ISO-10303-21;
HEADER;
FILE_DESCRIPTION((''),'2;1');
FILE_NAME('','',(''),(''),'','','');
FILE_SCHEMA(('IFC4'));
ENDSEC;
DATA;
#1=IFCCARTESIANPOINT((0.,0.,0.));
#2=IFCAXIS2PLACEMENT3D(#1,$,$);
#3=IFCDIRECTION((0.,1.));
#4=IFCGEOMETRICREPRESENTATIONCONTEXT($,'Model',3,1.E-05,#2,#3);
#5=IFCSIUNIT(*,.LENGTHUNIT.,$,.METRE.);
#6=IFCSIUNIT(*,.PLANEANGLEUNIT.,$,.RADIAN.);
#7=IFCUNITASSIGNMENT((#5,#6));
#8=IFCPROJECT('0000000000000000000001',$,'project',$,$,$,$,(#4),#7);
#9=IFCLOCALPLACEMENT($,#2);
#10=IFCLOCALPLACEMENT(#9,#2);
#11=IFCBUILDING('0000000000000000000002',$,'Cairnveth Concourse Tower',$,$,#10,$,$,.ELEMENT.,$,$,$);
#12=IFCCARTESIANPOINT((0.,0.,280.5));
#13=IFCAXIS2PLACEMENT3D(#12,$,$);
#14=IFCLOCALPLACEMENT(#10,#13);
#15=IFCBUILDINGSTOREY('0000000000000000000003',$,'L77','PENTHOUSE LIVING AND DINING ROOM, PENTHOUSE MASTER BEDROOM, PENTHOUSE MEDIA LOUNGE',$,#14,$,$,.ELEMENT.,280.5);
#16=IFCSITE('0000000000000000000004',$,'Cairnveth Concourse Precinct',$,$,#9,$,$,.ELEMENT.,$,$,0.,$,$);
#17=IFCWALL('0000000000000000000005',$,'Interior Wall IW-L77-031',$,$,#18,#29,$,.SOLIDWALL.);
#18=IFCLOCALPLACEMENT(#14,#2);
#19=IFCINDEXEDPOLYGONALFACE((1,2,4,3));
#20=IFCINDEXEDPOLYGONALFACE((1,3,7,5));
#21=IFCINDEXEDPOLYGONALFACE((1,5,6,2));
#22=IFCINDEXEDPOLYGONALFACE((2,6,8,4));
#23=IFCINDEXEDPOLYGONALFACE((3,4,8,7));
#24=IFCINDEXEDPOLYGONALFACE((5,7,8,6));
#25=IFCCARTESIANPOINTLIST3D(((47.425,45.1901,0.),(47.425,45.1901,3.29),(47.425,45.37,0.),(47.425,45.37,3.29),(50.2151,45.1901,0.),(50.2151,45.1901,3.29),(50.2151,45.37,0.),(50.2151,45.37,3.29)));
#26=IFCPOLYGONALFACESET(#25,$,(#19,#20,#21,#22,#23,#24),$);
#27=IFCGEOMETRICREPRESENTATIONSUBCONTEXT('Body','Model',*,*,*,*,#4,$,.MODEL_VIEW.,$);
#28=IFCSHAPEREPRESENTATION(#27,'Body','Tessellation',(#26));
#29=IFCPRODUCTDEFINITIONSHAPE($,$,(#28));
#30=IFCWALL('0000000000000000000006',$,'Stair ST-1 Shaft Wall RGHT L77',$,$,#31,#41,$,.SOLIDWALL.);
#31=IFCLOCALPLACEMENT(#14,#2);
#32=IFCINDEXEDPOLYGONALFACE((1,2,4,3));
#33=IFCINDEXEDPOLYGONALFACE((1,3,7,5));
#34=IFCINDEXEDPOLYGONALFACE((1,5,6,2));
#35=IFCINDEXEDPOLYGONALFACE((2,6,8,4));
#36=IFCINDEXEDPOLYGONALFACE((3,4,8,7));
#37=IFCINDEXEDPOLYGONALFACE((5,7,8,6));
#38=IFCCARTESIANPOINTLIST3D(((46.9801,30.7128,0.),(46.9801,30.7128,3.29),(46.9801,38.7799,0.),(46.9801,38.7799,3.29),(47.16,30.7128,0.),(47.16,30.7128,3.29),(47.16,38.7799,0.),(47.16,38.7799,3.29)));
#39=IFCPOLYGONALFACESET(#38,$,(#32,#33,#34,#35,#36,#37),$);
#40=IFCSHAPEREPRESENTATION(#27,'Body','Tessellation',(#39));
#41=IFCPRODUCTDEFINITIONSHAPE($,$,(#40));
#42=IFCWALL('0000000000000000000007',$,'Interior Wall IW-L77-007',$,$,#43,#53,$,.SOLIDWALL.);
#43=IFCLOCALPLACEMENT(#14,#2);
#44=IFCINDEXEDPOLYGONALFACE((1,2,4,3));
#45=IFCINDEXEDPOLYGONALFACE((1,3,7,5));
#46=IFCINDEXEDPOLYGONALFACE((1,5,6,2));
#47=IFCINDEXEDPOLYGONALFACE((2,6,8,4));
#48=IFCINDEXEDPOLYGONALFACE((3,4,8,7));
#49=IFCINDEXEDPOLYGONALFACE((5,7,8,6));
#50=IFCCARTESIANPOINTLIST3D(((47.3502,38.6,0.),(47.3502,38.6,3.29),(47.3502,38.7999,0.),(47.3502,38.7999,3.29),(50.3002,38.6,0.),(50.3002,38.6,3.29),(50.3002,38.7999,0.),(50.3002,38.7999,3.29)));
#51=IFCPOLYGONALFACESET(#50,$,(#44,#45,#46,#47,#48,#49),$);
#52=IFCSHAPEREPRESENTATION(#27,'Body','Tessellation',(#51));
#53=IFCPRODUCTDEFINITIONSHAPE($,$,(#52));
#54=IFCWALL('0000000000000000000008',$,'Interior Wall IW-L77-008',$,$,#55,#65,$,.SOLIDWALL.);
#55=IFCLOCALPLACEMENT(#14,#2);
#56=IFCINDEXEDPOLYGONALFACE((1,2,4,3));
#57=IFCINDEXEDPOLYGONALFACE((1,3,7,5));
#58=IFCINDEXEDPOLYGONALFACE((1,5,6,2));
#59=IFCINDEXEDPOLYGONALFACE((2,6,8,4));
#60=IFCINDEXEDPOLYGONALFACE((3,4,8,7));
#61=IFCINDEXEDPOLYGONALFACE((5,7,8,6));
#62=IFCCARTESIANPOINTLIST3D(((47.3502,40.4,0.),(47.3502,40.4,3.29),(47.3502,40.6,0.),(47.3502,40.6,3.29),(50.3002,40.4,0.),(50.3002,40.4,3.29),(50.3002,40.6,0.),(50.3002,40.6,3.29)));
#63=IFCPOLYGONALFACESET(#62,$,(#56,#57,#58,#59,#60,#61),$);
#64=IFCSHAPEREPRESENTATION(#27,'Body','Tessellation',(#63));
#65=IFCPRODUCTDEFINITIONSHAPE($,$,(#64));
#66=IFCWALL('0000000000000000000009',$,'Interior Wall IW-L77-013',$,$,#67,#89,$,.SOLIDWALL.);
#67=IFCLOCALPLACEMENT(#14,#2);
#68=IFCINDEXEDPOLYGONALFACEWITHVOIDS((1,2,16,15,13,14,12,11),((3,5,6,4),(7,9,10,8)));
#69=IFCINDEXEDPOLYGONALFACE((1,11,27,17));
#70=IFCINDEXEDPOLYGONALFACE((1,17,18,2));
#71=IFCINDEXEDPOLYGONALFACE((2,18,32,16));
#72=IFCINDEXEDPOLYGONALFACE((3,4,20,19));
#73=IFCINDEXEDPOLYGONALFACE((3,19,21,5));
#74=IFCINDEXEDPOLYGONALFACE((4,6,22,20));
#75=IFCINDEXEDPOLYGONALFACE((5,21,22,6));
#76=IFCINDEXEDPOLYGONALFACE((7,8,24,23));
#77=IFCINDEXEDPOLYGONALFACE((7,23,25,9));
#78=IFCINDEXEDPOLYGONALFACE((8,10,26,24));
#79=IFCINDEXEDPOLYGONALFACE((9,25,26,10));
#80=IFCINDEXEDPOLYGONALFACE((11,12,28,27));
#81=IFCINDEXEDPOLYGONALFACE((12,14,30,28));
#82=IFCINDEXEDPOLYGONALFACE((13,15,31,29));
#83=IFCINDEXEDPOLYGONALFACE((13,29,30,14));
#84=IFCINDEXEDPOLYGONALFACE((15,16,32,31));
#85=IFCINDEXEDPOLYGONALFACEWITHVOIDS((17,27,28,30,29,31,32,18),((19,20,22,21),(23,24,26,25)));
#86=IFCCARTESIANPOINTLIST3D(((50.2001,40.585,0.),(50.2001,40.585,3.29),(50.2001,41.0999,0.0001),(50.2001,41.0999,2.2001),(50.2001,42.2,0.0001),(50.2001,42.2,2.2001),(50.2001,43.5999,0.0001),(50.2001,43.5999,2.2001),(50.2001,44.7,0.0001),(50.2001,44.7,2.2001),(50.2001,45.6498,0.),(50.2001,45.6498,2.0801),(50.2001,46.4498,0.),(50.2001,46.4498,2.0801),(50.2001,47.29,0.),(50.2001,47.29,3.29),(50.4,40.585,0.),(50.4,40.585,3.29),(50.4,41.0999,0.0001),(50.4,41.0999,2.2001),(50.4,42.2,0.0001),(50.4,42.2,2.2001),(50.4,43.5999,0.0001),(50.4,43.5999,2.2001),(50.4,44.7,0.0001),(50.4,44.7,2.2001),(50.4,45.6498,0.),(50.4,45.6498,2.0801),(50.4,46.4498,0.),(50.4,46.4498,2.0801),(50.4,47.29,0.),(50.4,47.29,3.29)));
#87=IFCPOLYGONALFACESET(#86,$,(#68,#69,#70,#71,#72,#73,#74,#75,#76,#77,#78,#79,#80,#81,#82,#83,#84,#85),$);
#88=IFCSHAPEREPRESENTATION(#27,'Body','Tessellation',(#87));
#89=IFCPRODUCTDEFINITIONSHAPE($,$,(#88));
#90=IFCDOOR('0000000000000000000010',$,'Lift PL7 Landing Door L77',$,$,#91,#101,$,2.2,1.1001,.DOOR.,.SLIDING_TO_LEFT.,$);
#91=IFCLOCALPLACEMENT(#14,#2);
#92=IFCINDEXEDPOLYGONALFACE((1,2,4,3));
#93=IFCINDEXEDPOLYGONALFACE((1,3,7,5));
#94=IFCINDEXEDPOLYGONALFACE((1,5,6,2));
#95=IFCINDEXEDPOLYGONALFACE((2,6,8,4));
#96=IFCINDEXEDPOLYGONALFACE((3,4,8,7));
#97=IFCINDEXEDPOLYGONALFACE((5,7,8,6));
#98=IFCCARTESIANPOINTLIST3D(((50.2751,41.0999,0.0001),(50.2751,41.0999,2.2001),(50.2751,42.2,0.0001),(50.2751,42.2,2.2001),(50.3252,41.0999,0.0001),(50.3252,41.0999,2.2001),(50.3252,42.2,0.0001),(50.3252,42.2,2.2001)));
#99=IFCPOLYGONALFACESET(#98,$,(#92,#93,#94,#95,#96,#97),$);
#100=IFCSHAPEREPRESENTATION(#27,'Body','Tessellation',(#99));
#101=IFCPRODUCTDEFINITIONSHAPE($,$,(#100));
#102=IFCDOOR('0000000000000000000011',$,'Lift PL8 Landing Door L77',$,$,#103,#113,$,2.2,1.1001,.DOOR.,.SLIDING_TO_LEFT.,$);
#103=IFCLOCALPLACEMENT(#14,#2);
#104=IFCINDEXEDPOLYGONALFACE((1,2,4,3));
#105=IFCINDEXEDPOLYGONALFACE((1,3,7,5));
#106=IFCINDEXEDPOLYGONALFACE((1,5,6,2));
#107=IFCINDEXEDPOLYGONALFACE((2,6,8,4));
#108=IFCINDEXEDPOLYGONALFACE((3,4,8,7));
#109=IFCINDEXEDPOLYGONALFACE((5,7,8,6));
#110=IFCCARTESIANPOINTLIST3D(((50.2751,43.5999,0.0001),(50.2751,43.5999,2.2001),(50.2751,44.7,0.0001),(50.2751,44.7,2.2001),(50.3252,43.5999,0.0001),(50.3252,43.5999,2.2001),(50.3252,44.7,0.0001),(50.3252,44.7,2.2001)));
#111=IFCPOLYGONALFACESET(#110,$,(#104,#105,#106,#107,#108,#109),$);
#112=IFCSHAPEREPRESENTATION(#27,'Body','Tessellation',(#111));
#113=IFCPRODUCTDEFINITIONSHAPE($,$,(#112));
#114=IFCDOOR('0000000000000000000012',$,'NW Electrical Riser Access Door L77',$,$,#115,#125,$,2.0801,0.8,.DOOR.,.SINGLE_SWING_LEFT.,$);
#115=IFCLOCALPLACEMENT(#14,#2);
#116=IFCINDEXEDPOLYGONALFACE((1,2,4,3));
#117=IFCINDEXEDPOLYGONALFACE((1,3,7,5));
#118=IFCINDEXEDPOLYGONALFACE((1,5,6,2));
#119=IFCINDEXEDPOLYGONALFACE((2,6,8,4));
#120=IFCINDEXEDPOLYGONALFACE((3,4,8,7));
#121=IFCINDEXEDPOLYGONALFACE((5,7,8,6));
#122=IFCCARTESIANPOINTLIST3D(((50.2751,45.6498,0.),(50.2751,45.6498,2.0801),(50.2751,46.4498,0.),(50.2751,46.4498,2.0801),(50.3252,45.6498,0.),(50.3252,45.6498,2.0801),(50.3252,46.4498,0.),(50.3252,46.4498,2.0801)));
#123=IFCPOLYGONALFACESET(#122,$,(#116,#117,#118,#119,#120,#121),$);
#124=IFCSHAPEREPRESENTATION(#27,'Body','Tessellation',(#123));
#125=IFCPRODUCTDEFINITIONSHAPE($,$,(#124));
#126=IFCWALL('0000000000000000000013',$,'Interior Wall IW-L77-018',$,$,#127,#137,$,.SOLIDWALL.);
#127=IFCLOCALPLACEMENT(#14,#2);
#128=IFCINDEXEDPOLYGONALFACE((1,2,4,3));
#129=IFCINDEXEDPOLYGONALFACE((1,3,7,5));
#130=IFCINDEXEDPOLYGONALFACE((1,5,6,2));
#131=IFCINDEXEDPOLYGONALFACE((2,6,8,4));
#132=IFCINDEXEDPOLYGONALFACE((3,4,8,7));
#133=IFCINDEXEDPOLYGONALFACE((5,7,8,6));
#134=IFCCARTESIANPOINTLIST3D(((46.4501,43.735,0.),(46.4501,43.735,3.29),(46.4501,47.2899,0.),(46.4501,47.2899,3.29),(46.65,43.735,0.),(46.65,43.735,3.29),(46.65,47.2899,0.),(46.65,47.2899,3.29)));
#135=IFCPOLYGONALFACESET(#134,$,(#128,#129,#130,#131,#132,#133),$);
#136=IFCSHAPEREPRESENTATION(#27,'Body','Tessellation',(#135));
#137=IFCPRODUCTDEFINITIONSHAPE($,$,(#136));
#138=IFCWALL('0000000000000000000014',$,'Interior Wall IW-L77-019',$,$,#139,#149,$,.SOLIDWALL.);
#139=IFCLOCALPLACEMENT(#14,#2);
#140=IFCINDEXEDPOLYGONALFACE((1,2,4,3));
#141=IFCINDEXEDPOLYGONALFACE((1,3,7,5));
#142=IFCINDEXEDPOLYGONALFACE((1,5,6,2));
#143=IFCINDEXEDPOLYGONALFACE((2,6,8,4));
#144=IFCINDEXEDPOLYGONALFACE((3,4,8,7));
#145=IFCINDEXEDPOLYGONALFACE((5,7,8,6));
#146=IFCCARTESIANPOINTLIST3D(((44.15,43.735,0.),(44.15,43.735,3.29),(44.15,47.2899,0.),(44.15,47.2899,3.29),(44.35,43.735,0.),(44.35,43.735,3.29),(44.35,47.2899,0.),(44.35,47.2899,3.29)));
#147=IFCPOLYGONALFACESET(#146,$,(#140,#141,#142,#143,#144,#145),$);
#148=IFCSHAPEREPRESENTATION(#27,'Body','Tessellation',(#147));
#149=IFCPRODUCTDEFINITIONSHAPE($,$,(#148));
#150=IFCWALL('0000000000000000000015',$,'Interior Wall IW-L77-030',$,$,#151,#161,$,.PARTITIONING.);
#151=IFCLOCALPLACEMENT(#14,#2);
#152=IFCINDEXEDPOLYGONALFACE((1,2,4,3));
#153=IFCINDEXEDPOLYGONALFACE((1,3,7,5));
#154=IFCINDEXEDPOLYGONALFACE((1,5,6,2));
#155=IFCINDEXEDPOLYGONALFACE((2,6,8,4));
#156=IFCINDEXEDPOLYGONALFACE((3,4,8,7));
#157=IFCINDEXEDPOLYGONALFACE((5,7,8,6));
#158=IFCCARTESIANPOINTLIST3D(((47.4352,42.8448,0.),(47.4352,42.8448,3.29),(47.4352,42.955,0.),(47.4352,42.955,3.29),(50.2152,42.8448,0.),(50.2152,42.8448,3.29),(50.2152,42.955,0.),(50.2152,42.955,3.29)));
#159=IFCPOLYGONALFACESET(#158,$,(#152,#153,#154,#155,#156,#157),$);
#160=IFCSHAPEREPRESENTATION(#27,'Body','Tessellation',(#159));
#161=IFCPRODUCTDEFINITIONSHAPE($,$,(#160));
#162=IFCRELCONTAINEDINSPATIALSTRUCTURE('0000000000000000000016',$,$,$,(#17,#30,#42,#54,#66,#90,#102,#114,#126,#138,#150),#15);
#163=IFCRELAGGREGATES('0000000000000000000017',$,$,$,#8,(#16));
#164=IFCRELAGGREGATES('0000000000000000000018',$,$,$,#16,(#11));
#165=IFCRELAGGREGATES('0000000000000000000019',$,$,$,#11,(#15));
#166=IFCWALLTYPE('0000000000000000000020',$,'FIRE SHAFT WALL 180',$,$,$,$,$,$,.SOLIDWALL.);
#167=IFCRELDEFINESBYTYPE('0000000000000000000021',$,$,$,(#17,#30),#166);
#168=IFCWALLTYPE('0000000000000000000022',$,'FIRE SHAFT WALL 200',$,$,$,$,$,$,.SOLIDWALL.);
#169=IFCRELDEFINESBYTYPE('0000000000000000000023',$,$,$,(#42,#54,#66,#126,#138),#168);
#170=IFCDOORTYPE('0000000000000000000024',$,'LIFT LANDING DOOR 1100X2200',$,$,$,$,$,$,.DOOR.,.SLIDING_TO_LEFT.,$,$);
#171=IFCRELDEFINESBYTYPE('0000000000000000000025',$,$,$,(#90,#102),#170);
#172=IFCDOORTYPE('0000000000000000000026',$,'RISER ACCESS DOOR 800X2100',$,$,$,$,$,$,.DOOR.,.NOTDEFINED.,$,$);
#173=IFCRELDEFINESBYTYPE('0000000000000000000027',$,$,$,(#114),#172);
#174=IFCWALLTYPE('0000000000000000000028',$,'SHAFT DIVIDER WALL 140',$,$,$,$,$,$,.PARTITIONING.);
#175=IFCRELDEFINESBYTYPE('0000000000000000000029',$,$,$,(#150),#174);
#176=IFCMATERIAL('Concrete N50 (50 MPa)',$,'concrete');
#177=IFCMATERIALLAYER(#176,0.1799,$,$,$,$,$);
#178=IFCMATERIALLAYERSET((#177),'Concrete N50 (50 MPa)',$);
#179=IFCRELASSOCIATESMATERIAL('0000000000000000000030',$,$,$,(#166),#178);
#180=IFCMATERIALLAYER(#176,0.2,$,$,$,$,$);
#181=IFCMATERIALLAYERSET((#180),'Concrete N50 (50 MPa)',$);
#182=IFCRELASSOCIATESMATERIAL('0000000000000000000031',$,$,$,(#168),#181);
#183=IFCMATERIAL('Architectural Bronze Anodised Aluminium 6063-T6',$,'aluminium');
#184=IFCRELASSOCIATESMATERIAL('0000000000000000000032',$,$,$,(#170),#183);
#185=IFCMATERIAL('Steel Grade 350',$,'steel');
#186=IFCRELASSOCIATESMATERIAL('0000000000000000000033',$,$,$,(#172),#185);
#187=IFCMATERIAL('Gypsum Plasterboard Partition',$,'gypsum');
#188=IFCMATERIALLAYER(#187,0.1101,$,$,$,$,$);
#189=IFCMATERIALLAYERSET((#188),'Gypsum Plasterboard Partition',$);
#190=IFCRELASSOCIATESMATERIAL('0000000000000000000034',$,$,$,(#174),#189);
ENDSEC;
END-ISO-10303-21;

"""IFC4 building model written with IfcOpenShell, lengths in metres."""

from ifc_helpers import new_model, si_unit, direction, frame, frame_2d, origin, place, context, subcontext, project, spatial, rectangle, extrude, material, layer, layer_set, type_object, element, fill, save


model = new_model("IFC4")

# Units and contexts
model_context = context("Model", 3, precision=1e-05, world=origin(), true_north=direction((0.0, 1.0)))
body_context = subcontext(model_context, "Body", "Model", "MODEL_VIEW")
ifc_project = project(units=[si_unit("LENGTHUNIT", "METRE"), si_unit("PLANEANGLEUNIT", "RADIAN")], contexts=[model_context])

# Site, building, storey
site_placement = place(None, origin())
site = spatial("IfcSite", under=ifc_project, at=site_placement, Name="Cairnveth Concourse Precinct", CompositionType="ELEMENT", RefElevation=0.0)
building_placement = place(site_placement, origin())
building = spatial("IfcBuilding", under=site, at=building_placement, Name="Cairnveth Concourse Tower", CompositionType="ELEMENT")
storey_placement = place(building_placement, frame((0.0, 0.0, 280.5)))
storey = spatial("IfcBuildingStorey", under=building, at=storey_placement, Name="L77", Description="PENTHOUSE LIVING AND DINING ROOM, PENTHOUSE MASTER BEDROOM, PENTHOUSE MEDIA LOUNGE", CompositionType="ELEMENT", Elevation=280.5)

# Shared definitions
ifc_material_1 = material(Name="Steel Grade 350", Category="steel")

# Wall
ifc_material_2 = material(Name="Concrete N50 (50 MPa)", Category="concrete")
ifc_layer_1 = layer(ifc_material_2, 0.1799)
ifc_layer_set_1 = layer_set([ifc_layer_1], Name="Concrete N50 (50 MPa)")
wall_type_1 = type_object("IfcWallType", Name="FIRE SHAFT WALL 180", PredefinedType="SOLIDWALL", material=ifc_layer_set_1)
wall_1_placement = place(storey_placement, frame((47.425, 45.28, 0.0), z_axis=(0.0, 0.0, 1.0), x_axis=(1.0, 0.0, 0.0)))
element("IfcWall", 1, at=wall_1_placement, inside=storey, type_object=wall_type_1, Name="Interior Wall IW-L77-031", PredefinedType="SOLIDWALL", context=body_context, shape_type="SweptSolid", body=[
    extrude(rectangle(XDim=2.79, YDim=0.1799, at=frame_2d((1.395, 0.0))), origin(), (0.0, 0.0, 1.0), 3.29),
])

# Walls
wall_2_placement = place(storey_placement, frame((47.0701, 38.78, 0.0), z_axis=(0.0, 0.0, 1.0), x_axis=(0.0, -1.0, 0.0)))
element("IfcWall", 2, at=wall_2_placement, inside=storey, type_object=wall_type_1, Name="Stair ST-1 Shaft Wall RGHT L77", PredefinedType="SOLIDWALL", context=body_context, shape_type="SweptSolid", body=[
    extrude(rectangle(XDim=8.0671, YDim=0.1799, at=frame_2d((4.0337, 0.0))), origin(), (0.0, 0.0, 1.0), 3.29),
])
ifc_layer_2 = layer(ifc_material_2, 0.2)
ifc_layer_set_2 = layer_set([ifc_layer_2], Name="Concrete N50 (50 MPa)")
wall_type_2 = type_object("IfcWallType", Name="FIRE SHAFT WALL 200", PredefinedType="SOLIDWALL", material=ifc_layer_set_2)
for number, where, z_axis, x_axis, name in (
    (3, (47.3501, 38.7, 0.0), (0.0, 0.0, 1.0), (1.0, 0.0, 0.0), "Interior Wall IW-L77-007"),
    (4, (47.3501, 40.5, 0.0), (0.0, 0.0, 1.0), (1.0, 0.0, 0.0), "Interior Wall IW-L77-008"),
):
    element("IfcWall", number, at=place(storey_placement, frame(where, z_axis=z_axis, x_axis=x_axis)), inside=storey, type_object=wall_type_2, Name=name, PredefinedType="SOLIDWALL", context=body_context, shape_type="SweptSolid", body=[
        extrude(rectangle(XDim=2.95, YDim=0.2, at=frame_2d((1.4751, 0.0))), origin(), (0.0, 0.0, 1.0), 3.29),
    ])

# Wall, openings, doors
wall_3_placement = place(storey_placement, frame((50.3, 40.585, 0.0), z_axis=(0.0, 0.0, 1.0), x_axis=(0.0, 1.0, 0.0)))
wall_3 = element("IfcWall", 5, at=wall_3_placement, inside=storey, type_object=wall_type_2, Name="Interior Wall IW-L77-013", PredefinedType="SOLIDWALL", context=body_context, shape_type="SweptSolid", body=[
    extrude(rectangle(XDim=6.7051, YDim=0.2, at=frame_2d((3.3525, 0.0))), origin(), (0.0, 0.0, 1.0), 3.29),
])
opening_1_placement = place(wall_3_placement, frame((0.5149, 0.0, 0.0)))
opening_1 = element("IfcOpeningElement", 6, at=opening_1_placement, cuts=wall_3, PredefinedType="OPENING", context=body_context, shape_type="SweptSolid", body=[
    extrude(rectangle(XDim=1.1001, YDim=2.2, at=frame_2d((0.55, 1.1001))), frame((0.0, 0.1099, 0.0), z_axis=(0.0, -1.0, 0.0), x_axis=(1.0, 0.0, 0.0)), (0.0, 0.0, 1.0), 0.22),
])
opening_2_placement = place(wall_3_placement, frame((3.0149, 0.0, 0.0)))
opening_2 = element("IfcOpeningElement", 7, at=opening_2_placement, cuts=wall_3, PredefinedType="OPENING", context=body_context, shape_type="SweptSolid", body=[
    extrude(rectangle(XDim=1.1001, YDim=2.2, at=frame_2d((0.55, 1.1001))), frame((0.0, 0.1099, 0.0), z_axis=(0.0, -1.0, 0.0), x_axis=(1.0, 0.0, 0.0)), (0.0, 0.0, 1.0), 0.22),
])
opening_3_placement = place(wall_3_placement, frame((5.0649, 0.0, 0.0)))
opening_3 = element("IfcOpeningElement", 8, at=opening_3_placement, cuts=wall_3, PredefinedType="OPENING", context=body_context, shape_type="SweptSolid", body=[
    extrude(rectangle(XDim=0.8, YDim=2.0801, at=frame_2d((0.3999, 1.04))), frame((0.0, 0.1099, 0.0), z_axis=(0.0, -1.0, 0.0), x_axis=(1.0, 0.0, 0.0)), (0.0, 0.0, 1.0), 0.22),
])
ifc_material_3 = material(Name="Architectural Bronze Anodised Aluminium 6063-T6", Category="aluminium")
door_type_1 = type_object("IfcDoorType", Name="LIFT LANDING DOOR 1100X2200", OperationType="SLIDING_TO_LEFT", PredefinedType="DOOR", material=ifc_material_3)
door_1_placement = place(opening_1_placement, origin())
door_1 = element("IfcDoor", 9, at=door_1_placement, inside=storey, type_object=door_type_1, Name="Lift PL7 Landing Door L77", OperationType="SLIDING_TO_LEFT", OverallHeight=2.2, OverallWidth=1.1001, PredefinedType="DOOR", context=body_context, shape_type="SweptSolid", body=[
    extrude(rectangle(XDim=1.1001, YDim=2.2, at=frame_2d((0.55, 1.1001))), frame((0.0, 0.0249, 0.0), z_axis=(0.0, -1.0, 0.0), x_axis=(1.0, 0.0, 0.0)), (0.0, 0.0, 1.0), 0.05),
])
fill(opening_1, door_1)
door_2_placement = place(opening_2_placement, origin())
door_2 = element("IfcDoor", 10, at=door_2_placement, inside=storey, type_object=door_type_1, Name="Lift PL8 Landing Door L77", OperationType="SLIDING_TO_LEFT", OverallHeight=2.2, OverallWidth=1.1001, PredefinedType="DOOR", context=body_context, shape_type="SweptSolid", body=[
    extrude(rectangle(XDim=1.1001, YDim=2.2, at=frame_2d((0.55, 1.1001))), frame((0.0, 0.0249, 0.0), z_axis=(0.0, -1.0, 0.0), x_axis=(1.0, 0.0, 0.0)), (0.0, 0.0, 1.0), 0.05),
])
fill(opening_2, door_2)
door_type_2 = type_object("IfcDoorType", Name="RISER ACCESS DOOR 800X2100", OperationType="NOTDEFINED", PredefinedType="DOOR", material=ifc_material_1)
door_3_placement = place(opening_3_placement, origin())
door_3 = element("IfcDoor", 11, at=door_3_placement, inside=storey, type_object=door_type_2, Name="NW Electrical Riser Access Door L77", OperationType="SINGLE_SWING_LEFT", OverallHeight=2.0801, OverallWidth=0.8, PredefinedType="DOOR", context=body_context, shape_type="SweptSolid", body=[
    extrude(rectangle(XDim=0.8, YDim=2.0801, at=frame_2d((0.3999, 1.04))), frame((0.0, 0.0249, 0.0), z_axis=(0.0, -1.0, 0.0), x_axis=(1.0, 0.0, 0.0)), (0.0, 0.0, 1.0), 0.05),
])
fill(opening_3, door_3)

# Walls
for number, where, z_axis, x_axis, name in (
    (12, (46.55, 43.7351, 0.0), (0.0, 0.0, 1.0), (0.0, 1.0, 0.0), "Interior Wall IW-L77-018"),
    (13, (44.25, 43.7351, 0.0), (0.0, 0.0, 1.0), (0.0, 1.0, 0.0), "Interior Wall IW-L77-019"),
):
    element("IfcWall", number, at=place(storey_placement, frame(where, z_axis=z_axis, x_axis=x_axis)), inside=storey, type_object=wall_type_2, Name=name, PredefinedType="SOLIDWALL", context=body_context, shape_type="SweptSolid", body=[
        extrude(rectangle(XDim=3.5549, YDim=0.2, at=frame_2d((1.7773, 0.0))), origin(), (0.0, 0.0, 1.0), 3.29),
    ])
ifc_material_4 = material(Name="Gypsum Plasterboard Partition", Category="gypsum")
ifc_layer_3 = layer(ifc_material_4, 0.1101)
ifc_layer_set_3 = layer_set([ifc_layer_3], Name="Gypsum Plasterboard Partition")
wall_type_3 = type_object("IfcWallType", Name="SHAFT DIVIDER WALL 140", PredefinedType="PARTITIONING", material=ifc_layer_set_3)
wall_4_placement = place(storey_placement, frame((47.4351, 42.8999, 0.0), z_axis=(0.0, 0.0, 1.0), x_axis=(1.0, 0.0, 0.0)))
element("IfcWall", 14, at=wall_4_placement, inside=storey, type_object=wall_type_3, Name="Interior Wall IW-L77-030", PredefinedType="PARTITIONING", context=body_context, shape_type="SweptSolid", body=[
    extrude(rectangle(XDim=2.78, YDim=0.1101, at=frame_2d((1.3901, 0.0))), origin(), (0.0, 0.0, 1.0), 3.29),
])

save(model, "model.ifc")
